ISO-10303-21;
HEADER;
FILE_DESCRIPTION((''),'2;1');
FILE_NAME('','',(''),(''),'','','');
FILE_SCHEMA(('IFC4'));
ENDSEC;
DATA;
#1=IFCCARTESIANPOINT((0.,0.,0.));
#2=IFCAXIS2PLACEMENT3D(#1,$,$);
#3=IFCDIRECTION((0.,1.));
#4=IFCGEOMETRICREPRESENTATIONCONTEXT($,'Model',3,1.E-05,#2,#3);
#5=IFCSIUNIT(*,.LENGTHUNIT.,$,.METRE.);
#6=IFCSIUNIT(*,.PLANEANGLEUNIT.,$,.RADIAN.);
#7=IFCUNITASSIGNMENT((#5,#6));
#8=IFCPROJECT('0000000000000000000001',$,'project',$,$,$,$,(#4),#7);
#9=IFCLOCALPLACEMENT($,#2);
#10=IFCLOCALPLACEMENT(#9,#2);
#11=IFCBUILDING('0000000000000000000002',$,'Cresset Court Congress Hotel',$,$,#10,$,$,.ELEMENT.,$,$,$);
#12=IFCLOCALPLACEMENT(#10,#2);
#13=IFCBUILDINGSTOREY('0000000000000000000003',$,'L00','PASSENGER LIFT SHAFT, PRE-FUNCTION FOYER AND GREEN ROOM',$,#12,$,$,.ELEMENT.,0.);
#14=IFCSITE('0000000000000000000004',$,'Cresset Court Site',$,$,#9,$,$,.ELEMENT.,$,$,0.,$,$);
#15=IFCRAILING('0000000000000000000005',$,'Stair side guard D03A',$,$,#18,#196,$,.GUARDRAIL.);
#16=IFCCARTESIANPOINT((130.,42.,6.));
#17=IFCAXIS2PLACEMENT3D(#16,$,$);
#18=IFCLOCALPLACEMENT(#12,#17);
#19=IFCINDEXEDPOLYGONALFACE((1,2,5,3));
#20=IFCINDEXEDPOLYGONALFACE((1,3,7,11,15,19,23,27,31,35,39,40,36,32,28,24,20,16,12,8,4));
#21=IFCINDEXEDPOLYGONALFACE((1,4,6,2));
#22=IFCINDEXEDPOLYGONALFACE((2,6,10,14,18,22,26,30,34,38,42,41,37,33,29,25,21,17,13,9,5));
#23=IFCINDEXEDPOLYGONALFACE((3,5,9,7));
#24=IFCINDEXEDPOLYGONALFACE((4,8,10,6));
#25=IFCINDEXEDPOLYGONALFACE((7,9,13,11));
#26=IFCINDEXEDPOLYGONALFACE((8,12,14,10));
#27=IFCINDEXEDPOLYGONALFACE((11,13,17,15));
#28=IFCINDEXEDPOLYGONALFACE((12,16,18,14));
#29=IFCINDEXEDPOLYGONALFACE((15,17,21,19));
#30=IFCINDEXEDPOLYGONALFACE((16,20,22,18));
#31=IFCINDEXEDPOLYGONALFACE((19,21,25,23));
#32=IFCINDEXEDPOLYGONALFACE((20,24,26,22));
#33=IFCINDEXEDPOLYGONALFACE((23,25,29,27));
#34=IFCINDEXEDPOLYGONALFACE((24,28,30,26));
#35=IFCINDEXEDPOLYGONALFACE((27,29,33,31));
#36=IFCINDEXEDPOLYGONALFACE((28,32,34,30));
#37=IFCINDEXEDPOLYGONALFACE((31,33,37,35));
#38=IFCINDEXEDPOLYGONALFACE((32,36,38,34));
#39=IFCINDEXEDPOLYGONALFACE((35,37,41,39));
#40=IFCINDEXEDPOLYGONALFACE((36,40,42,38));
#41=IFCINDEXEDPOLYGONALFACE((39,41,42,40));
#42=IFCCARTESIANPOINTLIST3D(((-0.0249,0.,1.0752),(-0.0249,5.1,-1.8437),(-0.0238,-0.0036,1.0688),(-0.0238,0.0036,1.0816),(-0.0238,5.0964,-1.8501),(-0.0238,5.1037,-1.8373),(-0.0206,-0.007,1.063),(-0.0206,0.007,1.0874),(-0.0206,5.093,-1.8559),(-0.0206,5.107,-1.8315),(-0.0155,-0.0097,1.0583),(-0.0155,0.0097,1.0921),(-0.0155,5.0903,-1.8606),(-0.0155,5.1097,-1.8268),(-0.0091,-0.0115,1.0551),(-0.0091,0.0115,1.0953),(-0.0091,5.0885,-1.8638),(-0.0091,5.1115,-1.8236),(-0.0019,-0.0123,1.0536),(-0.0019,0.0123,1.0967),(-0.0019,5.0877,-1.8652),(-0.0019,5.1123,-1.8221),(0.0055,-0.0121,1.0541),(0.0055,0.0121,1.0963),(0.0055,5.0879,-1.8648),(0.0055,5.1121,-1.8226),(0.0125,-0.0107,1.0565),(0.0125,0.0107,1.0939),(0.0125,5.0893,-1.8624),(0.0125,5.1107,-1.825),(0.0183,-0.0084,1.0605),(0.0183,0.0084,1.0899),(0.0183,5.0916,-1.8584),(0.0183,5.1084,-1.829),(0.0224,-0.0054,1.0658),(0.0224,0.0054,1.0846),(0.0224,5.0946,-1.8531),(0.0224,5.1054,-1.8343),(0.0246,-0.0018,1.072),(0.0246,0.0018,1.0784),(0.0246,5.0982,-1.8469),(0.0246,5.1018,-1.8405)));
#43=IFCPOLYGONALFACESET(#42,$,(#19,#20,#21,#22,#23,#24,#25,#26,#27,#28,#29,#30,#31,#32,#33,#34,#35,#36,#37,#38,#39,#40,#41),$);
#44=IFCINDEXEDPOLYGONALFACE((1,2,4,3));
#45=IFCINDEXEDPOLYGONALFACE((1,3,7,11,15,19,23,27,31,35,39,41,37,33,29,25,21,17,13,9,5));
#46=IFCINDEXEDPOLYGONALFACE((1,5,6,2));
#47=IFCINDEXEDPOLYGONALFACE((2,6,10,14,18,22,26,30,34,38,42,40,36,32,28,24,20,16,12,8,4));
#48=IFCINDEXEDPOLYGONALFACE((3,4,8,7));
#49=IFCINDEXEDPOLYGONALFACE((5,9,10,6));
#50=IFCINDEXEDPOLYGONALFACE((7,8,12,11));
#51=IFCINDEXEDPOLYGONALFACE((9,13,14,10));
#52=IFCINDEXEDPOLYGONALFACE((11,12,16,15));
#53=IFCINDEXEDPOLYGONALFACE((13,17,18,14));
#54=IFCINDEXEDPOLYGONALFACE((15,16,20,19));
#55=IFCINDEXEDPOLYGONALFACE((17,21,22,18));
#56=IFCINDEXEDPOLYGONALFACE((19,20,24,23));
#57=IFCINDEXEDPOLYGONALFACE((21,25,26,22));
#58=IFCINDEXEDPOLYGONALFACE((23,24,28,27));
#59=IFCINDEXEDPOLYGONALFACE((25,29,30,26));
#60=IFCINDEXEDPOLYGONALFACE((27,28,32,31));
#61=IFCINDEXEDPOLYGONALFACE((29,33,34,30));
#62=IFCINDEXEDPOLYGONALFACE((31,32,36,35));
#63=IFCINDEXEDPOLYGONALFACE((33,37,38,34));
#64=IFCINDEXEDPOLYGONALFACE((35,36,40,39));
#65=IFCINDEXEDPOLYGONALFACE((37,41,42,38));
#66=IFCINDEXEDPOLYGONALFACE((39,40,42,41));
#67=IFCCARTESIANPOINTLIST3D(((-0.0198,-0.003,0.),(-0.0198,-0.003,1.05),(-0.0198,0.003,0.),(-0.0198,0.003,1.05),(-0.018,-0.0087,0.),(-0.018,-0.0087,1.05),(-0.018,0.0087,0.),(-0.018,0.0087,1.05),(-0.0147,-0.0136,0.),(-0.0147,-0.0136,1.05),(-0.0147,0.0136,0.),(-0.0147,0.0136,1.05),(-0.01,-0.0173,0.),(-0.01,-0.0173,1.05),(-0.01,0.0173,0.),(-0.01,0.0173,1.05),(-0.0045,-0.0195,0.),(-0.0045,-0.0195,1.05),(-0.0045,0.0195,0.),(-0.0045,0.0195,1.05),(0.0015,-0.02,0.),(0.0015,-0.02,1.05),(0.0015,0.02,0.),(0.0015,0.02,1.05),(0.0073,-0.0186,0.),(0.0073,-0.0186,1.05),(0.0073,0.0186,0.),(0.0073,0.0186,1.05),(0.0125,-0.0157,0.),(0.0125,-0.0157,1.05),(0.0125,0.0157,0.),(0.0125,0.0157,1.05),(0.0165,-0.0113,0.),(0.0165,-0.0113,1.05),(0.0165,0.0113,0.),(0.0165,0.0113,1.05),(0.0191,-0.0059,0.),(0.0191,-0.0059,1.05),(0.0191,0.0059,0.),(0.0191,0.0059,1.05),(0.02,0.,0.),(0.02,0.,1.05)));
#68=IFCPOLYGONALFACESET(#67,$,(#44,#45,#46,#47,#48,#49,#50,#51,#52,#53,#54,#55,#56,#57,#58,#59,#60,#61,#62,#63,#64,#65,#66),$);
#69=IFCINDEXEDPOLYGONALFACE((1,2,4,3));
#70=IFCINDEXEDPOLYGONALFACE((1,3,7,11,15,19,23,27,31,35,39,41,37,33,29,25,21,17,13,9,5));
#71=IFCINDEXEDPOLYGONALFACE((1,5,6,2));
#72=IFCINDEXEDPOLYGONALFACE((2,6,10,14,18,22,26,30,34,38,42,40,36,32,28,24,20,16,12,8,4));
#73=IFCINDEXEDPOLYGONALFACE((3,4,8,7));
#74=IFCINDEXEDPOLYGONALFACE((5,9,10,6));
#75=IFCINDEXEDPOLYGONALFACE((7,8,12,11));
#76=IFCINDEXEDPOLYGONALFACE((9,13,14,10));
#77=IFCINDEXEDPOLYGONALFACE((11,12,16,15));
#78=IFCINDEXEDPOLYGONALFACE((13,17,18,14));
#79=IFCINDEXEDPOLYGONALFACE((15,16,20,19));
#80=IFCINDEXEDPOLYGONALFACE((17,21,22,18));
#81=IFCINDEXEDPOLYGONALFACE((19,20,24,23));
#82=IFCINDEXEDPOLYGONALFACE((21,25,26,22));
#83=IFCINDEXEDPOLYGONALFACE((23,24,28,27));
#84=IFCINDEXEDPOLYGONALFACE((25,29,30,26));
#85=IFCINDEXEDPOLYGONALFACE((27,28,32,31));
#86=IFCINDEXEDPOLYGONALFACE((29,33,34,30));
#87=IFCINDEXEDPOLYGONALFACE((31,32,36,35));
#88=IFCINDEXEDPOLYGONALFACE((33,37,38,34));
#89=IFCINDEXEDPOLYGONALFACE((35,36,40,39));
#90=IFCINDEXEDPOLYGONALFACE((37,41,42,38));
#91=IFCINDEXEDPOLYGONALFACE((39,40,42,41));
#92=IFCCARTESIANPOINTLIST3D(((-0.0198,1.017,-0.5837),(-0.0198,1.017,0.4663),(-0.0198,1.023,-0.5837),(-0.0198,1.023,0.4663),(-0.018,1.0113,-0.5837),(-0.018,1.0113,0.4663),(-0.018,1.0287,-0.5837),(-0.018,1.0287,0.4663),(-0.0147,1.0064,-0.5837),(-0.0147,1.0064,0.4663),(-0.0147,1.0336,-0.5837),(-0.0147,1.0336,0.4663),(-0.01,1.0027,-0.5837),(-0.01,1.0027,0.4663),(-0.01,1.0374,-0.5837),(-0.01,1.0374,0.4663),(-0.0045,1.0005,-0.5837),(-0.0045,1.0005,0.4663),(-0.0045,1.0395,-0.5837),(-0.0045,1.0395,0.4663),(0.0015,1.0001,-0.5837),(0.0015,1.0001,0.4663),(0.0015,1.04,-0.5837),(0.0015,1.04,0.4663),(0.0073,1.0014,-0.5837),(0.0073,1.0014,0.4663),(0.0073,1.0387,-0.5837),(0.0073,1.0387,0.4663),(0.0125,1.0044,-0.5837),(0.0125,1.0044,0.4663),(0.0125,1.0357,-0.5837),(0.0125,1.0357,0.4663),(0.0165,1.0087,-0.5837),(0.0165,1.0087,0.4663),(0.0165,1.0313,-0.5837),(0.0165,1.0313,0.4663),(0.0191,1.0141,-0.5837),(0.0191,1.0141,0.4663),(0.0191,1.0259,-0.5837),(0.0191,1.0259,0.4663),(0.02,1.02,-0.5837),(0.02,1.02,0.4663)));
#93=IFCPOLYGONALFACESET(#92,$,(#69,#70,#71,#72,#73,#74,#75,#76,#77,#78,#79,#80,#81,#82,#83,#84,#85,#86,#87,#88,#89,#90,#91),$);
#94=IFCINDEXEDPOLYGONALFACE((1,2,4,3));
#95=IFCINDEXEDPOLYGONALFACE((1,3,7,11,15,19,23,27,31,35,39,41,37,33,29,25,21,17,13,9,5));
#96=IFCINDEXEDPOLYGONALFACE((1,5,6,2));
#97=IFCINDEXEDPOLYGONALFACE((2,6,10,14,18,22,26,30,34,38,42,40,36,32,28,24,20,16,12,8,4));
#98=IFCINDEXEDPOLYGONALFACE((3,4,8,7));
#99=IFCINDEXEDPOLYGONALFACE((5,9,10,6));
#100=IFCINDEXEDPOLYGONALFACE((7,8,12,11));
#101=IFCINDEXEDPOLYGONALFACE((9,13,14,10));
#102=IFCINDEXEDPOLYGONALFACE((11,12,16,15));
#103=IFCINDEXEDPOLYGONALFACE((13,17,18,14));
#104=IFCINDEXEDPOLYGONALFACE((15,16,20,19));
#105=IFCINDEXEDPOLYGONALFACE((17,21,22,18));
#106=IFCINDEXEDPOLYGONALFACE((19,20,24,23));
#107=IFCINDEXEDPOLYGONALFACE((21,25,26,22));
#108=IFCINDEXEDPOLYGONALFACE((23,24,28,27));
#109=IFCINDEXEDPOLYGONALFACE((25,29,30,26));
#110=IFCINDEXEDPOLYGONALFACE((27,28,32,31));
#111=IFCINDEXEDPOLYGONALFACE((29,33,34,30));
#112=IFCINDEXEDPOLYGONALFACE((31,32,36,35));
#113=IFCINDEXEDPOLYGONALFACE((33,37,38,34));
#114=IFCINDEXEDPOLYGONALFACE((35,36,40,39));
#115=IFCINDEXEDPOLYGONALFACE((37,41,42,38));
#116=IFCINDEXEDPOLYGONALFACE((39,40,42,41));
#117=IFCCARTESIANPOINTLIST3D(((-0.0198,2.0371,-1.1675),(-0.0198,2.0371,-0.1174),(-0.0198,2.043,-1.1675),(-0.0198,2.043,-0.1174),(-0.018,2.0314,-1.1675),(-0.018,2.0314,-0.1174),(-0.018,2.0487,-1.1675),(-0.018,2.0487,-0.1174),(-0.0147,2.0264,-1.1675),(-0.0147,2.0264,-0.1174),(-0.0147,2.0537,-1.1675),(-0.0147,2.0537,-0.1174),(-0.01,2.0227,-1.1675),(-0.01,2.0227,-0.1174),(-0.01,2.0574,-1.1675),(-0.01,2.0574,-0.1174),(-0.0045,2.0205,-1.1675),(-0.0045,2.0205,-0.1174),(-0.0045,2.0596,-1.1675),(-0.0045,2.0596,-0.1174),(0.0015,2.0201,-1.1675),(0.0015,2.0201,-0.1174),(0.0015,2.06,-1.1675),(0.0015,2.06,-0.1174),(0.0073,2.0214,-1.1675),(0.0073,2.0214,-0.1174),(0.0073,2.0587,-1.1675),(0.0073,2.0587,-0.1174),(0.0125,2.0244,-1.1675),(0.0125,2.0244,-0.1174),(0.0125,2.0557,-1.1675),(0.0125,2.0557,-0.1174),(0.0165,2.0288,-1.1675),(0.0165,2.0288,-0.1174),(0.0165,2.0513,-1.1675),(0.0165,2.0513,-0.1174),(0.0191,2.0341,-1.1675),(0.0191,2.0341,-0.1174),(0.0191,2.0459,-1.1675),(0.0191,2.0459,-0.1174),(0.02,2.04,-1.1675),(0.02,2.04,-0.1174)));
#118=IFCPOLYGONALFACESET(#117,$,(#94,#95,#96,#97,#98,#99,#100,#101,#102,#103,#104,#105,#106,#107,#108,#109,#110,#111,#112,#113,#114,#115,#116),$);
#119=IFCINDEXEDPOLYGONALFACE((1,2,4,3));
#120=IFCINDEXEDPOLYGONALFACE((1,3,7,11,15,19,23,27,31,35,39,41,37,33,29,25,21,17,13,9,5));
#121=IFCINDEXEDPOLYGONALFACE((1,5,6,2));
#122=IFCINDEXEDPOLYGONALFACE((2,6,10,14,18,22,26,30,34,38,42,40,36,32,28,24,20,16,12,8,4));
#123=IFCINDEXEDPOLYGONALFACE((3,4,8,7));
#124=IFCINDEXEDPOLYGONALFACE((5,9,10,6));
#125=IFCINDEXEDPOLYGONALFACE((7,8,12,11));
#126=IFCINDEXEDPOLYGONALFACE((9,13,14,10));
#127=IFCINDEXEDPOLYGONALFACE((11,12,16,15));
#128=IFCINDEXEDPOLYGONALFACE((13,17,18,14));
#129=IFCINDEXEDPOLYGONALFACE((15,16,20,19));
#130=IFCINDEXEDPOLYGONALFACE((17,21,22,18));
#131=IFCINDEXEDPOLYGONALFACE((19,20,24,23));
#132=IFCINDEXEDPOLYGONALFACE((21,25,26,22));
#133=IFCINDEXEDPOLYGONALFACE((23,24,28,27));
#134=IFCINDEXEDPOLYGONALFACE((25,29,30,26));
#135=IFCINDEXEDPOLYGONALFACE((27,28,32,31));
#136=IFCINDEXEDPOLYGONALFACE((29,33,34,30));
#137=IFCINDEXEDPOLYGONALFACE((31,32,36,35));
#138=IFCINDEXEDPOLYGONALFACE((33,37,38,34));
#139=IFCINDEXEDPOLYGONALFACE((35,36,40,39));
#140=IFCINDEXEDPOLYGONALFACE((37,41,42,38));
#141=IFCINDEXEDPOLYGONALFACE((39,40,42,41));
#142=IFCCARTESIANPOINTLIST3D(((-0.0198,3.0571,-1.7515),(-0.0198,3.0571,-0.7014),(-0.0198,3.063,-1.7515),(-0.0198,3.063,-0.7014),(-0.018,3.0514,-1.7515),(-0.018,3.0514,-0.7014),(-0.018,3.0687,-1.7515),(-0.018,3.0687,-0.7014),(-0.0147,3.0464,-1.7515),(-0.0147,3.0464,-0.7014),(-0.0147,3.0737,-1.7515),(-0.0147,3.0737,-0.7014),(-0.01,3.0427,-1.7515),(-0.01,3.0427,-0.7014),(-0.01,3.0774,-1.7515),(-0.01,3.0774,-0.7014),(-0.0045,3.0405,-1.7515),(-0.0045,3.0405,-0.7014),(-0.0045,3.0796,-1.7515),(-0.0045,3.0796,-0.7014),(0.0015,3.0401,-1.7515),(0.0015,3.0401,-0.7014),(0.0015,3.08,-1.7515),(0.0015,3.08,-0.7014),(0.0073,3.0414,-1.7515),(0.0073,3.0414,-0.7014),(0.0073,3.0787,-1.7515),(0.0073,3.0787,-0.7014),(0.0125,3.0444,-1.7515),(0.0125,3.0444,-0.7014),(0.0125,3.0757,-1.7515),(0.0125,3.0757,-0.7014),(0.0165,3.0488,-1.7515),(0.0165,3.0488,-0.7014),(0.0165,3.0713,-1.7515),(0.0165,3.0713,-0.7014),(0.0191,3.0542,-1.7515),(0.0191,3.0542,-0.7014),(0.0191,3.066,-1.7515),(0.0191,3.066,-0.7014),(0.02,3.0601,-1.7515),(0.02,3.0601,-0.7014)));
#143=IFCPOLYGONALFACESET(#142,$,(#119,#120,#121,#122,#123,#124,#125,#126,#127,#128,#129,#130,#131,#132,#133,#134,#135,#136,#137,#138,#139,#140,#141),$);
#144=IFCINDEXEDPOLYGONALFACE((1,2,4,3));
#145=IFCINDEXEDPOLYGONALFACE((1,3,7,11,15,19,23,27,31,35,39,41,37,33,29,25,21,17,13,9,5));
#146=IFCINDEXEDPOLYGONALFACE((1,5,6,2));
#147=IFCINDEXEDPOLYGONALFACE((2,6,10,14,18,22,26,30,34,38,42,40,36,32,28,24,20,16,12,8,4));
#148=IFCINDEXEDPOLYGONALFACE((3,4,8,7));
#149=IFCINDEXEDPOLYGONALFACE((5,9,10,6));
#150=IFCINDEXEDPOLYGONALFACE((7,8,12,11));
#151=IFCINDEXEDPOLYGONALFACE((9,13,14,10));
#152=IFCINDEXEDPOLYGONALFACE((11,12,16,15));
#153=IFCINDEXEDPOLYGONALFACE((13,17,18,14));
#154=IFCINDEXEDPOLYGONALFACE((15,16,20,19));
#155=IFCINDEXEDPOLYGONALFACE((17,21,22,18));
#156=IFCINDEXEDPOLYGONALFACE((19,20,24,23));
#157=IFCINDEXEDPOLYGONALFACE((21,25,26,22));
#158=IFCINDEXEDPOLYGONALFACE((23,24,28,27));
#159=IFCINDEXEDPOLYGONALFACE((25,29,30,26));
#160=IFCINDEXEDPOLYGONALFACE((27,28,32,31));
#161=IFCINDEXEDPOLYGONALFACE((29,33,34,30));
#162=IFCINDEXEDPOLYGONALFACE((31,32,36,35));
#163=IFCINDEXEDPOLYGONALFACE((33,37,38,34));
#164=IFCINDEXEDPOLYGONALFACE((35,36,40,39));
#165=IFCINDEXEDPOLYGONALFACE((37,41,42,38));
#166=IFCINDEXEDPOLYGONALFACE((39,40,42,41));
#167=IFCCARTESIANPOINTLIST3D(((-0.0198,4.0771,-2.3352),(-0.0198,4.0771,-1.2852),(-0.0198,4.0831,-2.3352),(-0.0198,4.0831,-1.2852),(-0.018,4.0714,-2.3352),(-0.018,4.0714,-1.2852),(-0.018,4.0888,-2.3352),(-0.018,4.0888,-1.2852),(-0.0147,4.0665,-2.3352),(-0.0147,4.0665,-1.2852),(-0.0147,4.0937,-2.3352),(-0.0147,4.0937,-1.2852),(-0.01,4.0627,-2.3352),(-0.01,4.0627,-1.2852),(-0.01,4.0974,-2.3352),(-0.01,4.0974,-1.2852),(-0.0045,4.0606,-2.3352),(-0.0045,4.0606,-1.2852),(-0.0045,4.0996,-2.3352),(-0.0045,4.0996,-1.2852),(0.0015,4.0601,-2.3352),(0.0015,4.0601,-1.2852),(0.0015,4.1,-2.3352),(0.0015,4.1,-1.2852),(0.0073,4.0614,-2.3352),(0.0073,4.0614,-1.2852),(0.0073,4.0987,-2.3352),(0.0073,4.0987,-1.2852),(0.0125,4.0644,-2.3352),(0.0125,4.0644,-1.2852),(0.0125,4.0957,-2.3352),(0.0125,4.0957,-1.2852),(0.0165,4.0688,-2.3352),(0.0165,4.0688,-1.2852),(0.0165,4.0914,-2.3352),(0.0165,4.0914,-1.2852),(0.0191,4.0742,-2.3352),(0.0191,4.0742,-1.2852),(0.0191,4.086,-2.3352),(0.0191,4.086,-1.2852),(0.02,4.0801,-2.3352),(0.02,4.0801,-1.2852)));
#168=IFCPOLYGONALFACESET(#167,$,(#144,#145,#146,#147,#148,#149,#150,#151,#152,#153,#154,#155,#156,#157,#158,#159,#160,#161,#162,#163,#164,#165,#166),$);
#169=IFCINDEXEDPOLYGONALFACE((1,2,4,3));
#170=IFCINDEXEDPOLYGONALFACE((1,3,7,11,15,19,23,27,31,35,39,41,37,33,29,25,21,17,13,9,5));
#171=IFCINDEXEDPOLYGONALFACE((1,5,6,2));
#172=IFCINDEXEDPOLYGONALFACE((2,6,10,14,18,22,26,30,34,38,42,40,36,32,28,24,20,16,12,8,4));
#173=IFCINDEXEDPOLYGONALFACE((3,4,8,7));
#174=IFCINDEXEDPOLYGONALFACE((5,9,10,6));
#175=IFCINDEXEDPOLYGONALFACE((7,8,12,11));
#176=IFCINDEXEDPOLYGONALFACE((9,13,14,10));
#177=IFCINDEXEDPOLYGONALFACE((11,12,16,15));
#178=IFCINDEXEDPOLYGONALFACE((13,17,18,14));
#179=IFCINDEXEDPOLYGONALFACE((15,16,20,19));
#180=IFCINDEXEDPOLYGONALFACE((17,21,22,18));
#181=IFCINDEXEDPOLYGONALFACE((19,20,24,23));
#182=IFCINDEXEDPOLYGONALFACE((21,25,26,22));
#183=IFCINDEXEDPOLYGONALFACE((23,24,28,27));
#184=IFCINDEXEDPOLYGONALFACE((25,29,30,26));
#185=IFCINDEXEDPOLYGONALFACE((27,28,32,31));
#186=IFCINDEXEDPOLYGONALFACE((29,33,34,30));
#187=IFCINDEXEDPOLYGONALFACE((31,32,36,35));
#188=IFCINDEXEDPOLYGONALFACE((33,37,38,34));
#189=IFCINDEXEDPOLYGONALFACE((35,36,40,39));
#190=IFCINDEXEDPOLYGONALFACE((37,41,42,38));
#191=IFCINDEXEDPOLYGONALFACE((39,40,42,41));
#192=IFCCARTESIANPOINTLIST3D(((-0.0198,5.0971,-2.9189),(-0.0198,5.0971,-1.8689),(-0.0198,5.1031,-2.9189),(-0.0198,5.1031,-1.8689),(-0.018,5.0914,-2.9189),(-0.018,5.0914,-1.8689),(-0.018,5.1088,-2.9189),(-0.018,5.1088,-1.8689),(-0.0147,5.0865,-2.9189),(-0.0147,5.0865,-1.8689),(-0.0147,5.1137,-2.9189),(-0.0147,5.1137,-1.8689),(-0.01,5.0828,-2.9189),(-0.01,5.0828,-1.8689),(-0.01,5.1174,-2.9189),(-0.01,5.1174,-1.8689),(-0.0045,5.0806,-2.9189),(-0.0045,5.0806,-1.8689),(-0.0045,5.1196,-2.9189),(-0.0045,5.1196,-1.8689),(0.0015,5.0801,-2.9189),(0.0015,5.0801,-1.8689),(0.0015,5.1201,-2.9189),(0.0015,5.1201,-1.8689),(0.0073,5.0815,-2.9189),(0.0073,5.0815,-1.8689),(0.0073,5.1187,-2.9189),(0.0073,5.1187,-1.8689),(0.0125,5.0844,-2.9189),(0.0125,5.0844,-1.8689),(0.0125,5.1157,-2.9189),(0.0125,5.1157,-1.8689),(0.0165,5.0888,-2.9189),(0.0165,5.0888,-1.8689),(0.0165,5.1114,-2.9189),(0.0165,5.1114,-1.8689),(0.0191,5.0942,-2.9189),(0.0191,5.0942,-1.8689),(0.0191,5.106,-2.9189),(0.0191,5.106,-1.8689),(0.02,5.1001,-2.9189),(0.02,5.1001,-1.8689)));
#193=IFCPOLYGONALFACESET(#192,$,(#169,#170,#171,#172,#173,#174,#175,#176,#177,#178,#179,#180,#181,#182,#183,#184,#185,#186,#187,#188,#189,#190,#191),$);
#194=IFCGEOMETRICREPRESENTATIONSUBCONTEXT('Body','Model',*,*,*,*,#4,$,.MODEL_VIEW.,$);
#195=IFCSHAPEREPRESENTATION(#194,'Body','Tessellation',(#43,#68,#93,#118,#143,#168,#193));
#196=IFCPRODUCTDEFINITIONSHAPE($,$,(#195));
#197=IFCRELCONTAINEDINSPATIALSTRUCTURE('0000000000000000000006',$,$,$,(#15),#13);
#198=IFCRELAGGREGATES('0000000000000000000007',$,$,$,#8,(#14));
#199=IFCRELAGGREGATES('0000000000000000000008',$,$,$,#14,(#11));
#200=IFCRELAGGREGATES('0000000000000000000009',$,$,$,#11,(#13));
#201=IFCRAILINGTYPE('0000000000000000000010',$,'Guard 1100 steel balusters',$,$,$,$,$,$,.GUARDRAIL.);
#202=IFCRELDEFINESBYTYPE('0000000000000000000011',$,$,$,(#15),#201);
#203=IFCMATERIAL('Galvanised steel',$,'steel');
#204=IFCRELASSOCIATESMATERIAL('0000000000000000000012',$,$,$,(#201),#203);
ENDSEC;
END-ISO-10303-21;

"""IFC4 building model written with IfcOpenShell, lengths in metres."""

from ifc_helpers import new_model, si_unit, direction, frame, origin, origin_2d, place, context, subcontext, project, spatial, circle, extrude, material, type_object, element, save


model = new_model("IFC4")

# Units and contexts
model_context = context("Model", 3, precision=1e-05, world=origin(), true_north=direction((0.0, 1.0)))
body_context = subcontext(model_context, "Body", "Model", "MODEL_VIEW")
ifc_project = project(units=[si_unit("LENGTHUNIT", "METRE"), si_unit("PLANEANGLEUNIT", "RADIAN")], contexts=[model_context])

# Site, building, storey
site_placement = place(None, origin())
site = spatial("IfcSite", under=ifc_project, at=site_placement, Name="Cresset Court Site", CompositionType="ELEMENT", RefElevation=0.0)
building_placement = place(site_placement, origin())
building = spatial("IfcBuilding", under=site, at=building_placement, Name="Cresset Court Congress Hotel", CompositionType="ELEMENT")
storey_placement = place(building_placement, origin())
storey = spatial("IfcBuildingStorey", under=building, at=storey_placement, Name="L00", Description="PASSENGER LIFT SHAFT, PRE-FUNCTION FOYER AND GREEN ROOM", CompositionType="ELEMENT", Elevation=0.0)

# Railing
ifc_material_1 = material(Name="Galvanised steel", Category="steel")
railing_type_1 = type_object("IfcRailingType", Name="Guard 1100 steel balusters", PredefinedType="GUARDRAIL", material=ifc_material_1)
railing_1_placement = place(storey_placement, frame((130.0, 42.0, 6.0)))
element("IfcRailing", 1, at=railing_1_placement, inside=storey, type_object=railing_type_1, Name="Stair side guard D03A", PredefinedType="GUARDRAIL", context=body_context, shape_type="SweptSolid", body=[
    extrude(circle(Radius=0.0249, at=origin_2d()), frame((0.0, 0.0, 1.0752), z_axis=(0.0, 0.867905, -0.496729), x_axis=(-1.0, 0.0, 0.0)), (0.0, 0.0, 1.0), 5.8762),
    extrude(circle(Radius=0.02, at=origin_2d()), origin(), (0.0, 0.0, 1.0), 1.05),
    extrude(circle(Radius=0.02, at=origin_2d()), frame((0.0, 1.02, -0.5837)), (0.0, 0.0, 1.0), 1.05),
    extrude(circle(Radius=0.02, at=origin_2d()), frame((0.0, 2.04, -1.1675)), (0.0, 0.0, 1.0), 1.05),
    extrude(circle(Radius=0.02, at=origin_2d()), frame((0.0, 3.0601, -1.7515)), (0.0, 0.0, 1.0), 1.05),
    extrude(circle(Radius=0.02, at=origin_2d()), frame((0.0, 4.0801, -2.3352)), (0.0, 0.0, 1.0), 1.05),
    extrude(circle(Radius=0.02, at=origin_2d()), frame((0.0, 5.1001, -2.9189)), (0.0, 0.0, 1.0), 1.05),
])

save(model, "model.ifc")
